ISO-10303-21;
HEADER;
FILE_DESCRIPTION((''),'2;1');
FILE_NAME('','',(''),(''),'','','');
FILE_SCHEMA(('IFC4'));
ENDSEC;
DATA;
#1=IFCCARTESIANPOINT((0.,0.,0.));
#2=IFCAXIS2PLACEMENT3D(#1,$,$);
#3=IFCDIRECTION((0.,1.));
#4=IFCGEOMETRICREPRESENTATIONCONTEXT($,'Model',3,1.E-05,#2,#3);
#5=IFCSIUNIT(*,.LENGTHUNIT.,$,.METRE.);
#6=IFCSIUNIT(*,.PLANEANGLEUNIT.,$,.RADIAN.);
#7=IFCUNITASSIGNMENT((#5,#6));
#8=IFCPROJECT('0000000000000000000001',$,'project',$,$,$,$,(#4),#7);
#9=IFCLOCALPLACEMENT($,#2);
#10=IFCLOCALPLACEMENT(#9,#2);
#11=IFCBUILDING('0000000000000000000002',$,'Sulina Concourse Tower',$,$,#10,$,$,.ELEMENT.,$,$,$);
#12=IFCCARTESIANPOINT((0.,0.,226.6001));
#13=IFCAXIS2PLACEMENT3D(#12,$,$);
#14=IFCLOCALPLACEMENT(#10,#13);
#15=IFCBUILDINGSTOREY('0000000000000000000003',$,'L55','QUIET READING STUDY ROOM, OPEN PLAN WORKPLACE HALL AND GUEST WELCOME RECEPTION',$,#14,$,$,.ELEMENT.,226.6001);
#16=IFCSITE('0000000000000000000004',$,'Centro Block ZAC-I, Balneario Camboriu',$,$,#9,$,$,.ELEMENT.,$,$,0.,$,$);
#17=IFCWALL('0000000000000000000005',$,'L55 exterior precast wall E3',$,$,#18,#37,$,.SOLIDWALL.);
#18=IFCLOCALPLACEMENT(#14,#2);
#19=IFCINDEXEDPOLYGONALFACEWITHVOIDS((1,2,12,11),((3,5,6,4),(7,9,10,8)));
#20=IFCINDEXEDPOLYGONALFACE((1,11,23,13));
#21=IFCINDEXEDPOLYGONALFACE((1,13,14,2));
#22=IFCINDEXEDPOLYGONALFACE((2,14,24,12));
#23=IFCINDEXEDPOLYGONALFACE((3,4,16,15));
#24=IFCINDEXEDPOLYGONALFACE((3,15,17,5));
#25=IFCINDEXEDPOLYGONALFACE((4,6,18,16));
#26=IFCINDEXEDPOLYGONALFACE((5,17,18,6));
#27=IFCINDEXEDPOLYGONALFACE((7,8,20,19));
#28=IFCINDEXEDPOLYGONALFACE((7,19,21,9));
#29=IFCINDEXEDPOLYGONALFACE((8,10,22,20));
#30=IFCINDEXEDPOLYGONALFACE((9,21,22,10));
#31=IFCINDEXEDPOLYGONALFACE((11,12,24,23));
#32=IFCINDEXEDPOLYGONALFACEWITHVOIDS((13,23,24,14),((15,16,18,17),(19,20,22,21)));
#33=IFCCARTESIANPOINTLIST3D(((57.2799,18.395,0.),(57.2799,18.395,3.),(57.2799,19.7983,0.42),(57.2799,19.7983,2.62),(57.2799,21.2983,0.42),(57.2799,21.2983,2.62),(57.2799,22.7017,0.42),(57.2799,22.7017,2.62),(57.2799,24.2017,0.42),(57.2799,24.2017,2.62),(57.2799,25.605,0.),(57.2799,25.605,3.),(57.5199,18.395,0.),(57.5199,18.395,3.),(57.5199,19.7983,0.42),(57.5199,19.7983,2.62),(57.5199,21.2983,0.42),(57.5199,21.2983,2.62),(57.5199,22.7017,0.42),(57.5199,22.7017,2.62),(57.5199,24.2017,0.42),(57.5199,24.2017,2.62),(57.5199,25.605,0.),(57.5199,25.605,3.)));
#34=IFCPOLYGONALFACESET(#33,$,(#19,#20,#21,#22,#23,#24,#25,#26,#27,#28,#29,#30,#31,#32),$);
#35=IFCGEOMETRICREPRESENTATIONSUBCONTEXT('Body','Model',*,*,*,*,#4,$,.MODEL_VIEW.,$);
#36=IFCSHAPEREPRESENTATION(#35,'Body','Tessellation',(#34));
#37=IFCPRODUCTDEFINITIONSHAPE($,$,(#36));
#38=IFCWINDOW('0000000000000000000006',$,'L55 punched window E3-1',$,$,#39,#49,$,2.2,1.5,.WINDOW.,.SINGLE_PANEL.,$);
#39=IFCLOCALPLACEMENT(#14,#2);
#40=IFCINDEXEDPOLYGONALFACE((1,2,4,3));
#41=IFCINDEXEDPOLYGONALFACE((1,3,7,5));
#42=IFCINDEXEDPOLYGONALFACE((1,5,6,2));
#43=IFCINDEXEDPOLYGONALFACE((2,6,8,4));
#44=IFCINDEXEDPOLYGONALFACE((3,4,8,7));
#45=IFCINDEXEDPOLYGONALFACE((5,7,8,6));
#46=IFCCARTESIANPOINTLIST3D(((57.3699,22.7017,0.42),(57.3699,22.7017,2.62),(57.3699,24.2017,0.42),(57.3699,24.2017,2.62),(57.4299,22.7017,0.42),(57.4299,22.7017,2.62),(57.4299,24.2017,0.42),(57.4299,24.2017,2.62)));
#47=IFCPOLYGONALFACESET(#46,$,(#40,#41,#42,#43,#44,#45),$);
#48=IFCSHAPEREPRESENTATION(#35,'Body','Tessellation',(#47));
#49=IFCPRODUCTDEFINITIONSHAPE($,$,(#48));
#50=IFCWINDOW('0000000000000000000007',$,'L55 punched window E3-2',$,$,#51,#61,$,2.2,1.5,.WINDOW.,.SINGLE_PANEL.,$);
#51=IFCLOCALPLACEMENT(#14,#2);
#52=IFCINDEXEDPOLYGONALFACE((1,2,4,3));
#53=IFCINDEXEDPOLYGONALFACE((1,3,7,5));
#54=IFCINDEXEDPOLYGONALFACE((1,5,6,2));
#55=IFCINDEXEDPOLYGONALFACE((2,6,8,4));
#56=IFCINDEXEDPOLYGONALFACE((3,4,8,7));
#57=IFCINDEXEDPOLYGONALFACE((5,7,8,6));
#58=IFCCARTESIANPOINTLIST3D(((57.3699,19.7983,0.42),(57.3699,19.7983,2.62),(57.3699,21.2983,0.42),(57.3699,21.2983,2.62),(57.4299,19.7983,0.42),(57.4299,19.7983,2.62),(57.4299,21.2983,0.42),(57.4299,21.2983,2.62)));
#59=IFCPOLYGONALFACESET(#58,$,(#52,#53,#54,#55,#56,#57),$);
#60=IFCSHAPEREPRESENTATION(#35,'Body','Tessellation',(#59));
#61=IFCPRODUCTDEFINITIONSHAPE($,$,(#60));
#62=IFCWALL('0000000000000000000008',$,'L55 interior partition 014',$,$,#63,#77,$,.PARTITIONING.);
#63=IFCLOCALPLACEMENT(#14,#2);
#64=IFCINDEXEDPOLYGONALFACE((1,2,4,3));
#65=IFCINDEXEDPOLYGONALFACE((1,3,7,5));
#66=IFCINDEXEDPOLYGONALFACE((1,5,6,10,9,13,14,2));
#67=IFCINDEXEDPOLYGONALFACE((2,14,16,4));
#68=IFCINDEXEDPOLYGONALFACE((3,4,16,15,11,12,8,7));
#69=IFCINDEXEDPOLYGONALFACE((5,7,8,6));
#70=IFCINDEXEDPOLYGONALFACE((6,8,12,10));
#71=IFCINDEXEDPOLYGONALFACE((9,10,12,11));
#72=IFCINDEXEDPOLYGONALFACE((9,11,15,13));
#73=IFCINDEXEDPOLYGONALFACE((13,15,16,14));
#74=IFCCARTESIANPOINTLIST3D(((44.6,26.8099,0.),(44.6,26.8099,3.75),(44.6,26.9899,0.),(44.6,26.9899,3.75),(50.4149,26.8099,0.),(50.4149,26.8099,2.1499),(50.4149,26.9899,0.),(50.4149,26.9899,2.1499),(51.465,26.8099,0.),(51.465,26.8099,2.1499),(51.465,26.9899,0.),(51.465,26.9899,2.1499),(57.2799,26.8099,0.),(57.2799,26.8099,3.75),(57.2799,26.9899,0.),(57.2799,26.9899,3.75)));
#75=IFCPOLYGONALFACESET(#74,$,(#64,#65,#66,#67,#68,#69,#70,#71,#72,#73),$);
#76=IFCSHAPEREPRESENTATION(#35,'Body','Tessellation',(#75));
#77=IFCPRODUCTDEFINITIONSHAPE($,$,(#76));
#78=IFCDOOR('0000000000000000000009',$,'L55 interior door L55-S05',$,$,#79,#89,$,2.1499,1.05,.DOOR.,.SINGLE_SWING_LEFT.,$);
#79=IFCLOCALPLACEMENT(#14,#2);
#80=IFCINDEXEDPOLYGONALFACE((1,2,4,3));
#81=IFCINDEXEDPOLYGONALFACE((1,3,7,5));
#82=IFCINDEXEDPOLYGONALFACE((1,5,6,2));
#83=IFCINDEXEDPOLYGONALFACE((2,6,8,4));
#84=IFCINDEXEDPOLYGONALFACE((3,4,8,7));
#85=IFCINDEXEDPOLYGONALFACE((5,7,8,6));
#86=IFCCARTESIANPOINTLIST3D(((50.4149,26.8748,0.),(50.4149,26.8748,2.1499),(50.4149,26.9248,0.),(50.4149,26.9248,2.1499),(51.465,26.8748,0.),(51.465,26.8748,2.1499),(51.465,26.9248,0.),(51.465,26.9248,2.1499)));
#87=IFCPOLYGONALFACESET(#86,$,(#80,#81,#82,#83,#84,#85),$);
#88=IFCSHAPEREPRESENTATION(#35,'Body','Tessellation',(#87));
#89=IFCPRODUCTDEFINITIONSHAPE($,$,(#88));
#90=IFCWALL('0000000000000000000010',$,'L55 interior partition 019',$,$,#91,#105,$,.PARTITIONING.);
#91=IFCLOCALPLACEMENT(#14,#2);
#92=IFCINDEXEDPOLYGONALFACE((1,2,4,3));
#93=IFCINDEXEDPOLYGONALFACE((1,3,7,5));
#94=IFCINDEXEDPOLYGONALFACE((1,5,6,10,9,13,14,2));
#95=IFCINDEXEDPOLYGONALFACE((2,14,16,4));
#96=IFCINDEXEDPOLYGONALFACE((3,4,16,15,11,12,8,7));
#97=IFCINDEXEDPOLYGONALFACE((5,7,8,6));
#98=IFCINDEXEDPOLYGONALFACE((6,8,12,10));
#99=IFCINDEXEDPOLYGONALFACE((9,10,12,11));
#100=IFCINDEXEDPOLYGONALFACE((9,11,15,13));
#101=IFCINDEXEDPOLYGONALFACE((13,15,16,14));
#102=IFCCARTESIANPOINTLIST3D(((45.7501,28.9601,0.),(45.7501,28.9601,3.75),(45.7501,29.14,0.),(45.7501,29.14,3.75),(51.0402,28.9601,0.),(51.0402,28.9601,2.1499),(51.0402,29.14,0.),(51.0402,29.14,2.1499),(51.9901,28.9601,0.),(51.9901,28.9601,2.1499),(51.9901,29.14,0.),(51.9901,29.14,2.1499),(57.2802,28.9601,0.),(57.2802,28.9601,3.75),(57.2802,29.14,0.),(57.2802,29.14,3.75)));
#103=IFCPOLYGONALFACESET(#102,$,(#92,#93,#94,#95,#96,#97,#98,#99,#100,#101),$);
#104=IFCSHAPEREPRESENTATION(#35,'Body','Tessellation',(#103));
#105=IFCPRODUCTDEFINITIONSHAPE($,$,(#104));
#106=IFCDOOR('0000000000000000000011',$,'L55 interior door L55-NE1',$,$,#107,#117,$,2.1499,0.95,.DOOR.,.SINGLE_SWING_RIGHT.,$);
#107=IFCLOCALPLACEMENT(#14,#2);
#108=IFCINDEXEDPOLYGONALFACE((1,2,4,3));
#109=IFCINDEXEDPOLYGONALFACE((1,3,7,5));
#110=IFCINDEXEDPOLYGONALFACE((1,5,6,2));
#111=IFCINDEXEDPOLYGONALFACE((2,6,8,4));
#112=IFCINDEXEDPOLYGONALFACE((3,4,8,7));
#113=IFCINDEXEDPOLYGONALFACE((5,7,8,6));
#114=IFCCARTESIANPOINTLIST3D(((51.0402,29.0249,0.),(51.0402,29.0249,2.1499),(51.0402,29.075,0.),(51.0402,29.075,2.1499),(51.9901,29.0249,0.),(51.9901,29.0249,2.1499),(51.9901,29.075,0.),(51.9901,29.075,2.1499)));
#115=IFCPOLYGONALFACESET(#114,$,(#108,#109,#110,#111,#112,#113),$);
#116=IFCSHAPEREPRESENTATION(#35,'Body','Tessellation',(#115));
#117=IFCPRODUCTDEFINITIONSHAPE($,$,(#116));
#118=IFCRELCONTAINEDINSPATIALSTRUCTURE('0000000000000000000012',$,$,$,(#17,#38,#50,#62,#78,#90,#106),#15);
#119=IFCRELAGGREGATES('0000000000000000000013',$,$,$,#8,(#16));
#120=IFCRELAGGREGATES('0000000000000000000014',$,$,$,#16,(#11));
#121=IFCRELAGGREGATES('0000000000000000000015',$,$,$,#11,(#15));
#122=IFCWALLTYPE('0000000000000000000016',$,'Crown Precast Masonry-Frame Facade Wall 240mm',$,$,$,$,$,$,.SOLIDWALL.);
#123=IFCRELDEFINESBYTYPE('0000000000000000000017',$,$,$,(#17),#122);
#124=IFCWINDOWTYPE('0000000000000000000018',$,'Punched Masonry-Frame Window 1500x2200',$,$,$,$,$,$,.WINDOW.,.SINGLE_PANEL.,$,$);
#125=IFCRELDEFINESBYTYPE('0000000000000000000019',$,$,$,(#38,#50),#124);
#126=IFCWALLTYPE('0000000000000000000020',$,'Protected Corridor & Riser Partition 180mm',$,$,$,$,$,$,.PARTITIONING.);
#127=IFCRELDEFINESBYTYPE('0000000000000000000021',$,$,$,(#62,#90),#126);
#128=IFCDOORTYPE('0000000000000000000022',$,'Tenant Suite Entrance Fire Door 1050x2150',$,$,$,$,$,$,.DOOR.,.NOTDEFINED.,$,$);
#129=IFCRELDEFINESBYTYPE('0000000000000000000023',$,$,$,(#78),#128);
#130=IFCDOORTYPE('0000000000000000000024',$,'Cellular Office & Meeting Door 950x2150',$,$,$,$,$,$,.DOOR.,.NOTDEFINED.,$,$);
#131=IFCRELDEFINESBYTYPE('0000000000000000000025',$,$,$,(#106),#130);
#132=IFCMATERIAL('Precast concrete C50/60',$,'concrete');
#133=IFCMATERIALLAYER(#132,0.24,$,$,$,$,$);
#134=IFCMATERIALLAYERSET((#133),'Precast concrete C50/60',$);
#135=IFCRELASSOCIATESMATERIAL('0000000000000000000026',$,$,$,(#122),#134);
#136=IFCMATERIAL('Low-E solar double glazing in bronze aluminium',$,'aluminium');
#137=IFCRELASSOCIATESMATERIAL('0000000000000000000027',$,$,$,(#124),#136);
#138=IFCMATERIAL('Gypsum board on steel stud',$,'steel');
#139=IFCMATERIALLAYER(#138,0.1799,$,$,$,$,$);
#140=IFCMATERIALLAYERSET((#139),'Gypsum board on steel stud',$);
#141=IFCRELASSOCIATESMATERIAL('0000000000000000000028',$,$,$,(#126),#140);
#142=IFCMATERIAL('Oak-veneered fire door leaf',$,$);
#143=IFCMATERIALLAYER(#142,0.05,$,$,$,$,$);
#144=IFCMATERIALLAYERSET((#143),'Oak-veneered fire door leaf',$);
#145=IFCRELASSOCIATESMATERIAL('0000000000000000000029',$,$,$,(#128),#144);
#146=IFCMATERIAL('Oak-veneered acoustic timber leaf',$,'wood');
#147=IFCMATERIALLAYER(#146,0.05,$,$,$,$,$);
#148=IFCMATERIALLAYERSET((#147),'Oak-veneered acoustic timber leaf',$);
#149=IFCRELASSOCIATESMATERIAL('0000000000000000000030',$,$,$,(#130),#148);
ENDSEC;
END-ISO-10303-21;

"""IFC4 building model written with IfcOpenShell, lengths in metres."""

from ifc_helpers import new_model, si_unit, direction, frame, frame_2d, origin, place, context, subcontext, project, spatial, rectangle, extrude, material, layer, layer_set, type_object, element, fill, save


model = new_model("IFC4")

# Units and contexts
model_context = context("Model", 3, precision=1e-05, world=origin(), true_north=direction((0.0, 1.0)))
body_context = subcontext(model_context, "Body", "Model", "MODEL_VIEW")
ifc_project = project(units=[si_unit("LENGTHUNIT", "METRE"), si_unit("PLANEANGLEUNIT", "RADIAN")], contexts=[model_context])

# Site, building, storey
site_placement = place(None, origin())
site = spatial("IfcSite", under=ifc_project, at=site_placement, Name="Centro Block ZAC-I, Balneario Camboriu", CompositionType="ELEMENT", RefElevation=0.0)
building_placement = place(site_placement, origin())
building = spatial("IfcBuilding", under=site, at=building_placement, Name="Sulina Concourse Tower", CompositionType="ELEMENT")
storey_placement = place(building_placement, frame((0.0, 0.0, 226.6001)))
storey = spatial("IfcBuildingStorey", under=building, at=storey_placement, Name="L55", Description="QUIET READING STUDY ROOM, OPEN PLAN WORKPLACE HALL AND GUEST WELCOME RECEPTION", CompositionType="ELEMENT", Elevation=226.6001)

# Shared definitions
ifc_material_1 = material(Name="Precast concrete C50/60", Category="concrete")
ifc_layer_1 = layer(ifc_material_1, 0.24)
ifc_layer_set_1 = layer_set([ifc_layer_1], Name="Precast concrete C50/60")
wall_type_1 = type_object("IfcWallType", Name="Crown Precast Masonry-Frame Facade Wall 240mm", PredefinedType="SOLIDWALL", material=ifc_layer_set_1)
ifc_material_2 = material(Name="Low-E solar double glazing in bronze aluminium", Category="aluminium")
window_type = type_object("IfcWindowType", Name="Punched Masonry-Frame Window 1500x2200", PartitioningType="SINGLE_PANEL", PredefinedType="WINDOW", material=ifc_material_2)

# Wall, openings, windows
wall_1_placement = place(storey_placement, frame((57.3999, 25.605, 0.0), z_axis=(0.0, 0.0, 1.0), x_axis=(0.0, -1.0, 0.0)))
wall_1 = element("IfcWall", 1, at=wall_1_placement, inside=storey, type_object=wall_type_1, Name="L55 exterior precast wall E3", PredefinedType="SOLIDWALL", context=body_context, shape_type="SweptSolid", body=[
    extrude(rectangle(XDim=7.21, YDim=0.24, at=frame_2d((3.605, 0.0))), origin(), (0.0, 0.0, 1.0), 3.0),
])
opening_1_placement = place(wall_1_placement, frame((1.4033, 0.0, 0.4199)))
opening_1 = element("IfcOpeningElement", 2, at=opening_1_placement, cuts=wall_1, PredefinedType="OPENING", context=body_context, shape_type="SweptSolid", body=[
    extrude(rectangle(XDim=1.5, YDim=2.2, at=frame_2d((0.75, 1.1001))), frame((0.0, 0.1299, 0.0), z_axis=(0.0, -1.0, 0.0), x_axis=(1.0, 0.0, 0.0)), (0.0, 0.0, 1.0), 0.26),
])
opening_2_placement = place(wall_1_placement, frame((4.3066, 0.0, 0.4199)))
opening_2 = element("IfcOpeningElement", 3, at=opening_2_placement, cuts=wall_1, PredefinedType="OPENING", context=body_context, shape_type="SweptSolid", body=[
    extrude(rectangle(XDim=1.5, YDim=2.2, at=frame_2d((0.75, 1.1001))), frame((0.0, 0.1299, 0.0), z_axis=(0.0, -1.0, 0.0), x_axis=(1.0, 0.0, 0.0)), (0.0, 0.0, 1.0), 0.26),
])
window_1_placement = place(opening_1_placement, origin())
window_1 = element("IfcWindow", 4, at=window_1_placement, inside=storey, type_object=window_type, Name="L55 punched window E3-1", OverallHeight=2.2, OverallWidth=1.5, PartitioningType="SINGLE_PANEL", PredefinedType="WINDOW", context=body_context, shape_type="SweptSolid", body=[
    extrude(rectangle(XDim=1.5, YDim=2.2, at=frame_2d((0.75, 1.1001))), frame((0.0, 0.03, 0.0), z_axis=(0.0, -1.0, 0.0), x_axis=(1.0, 0.0, 0.0)), (0.0, 0.0, 1.0), 0.0601),
])
fill(opening_1, window_1)
window_2_placement = place(opening_2_placement, origin())
window_2 = element("IfcWindow", 5, at=window_2_placement, inside=storey, type_object=window_type, Name="L55 punched window E3-2", OverallHeight=2.2, OverallWidth=1.5, PartitioningType="SINGLE_PANEL", PredefinedType="WINDOW", context=body_context, shape_type="SweptSolid", body=[
    extrude(rectangle(XDim=1.5, YDim=2.2, at=frame_2d((0.75, 1.1001))), frame((0.0, 0.03, 0.0), z_axis=(0.0, -1.0, 0.0), x_axis=(1.0, 0.0, 0.0)), (0.0, 0.0, 1.0), 0.0601),
])
fill(opening_2, window_2)

# Walls, openings, doors
ifc_material_3 = material(Name="Gypsum board on steel stud", Category="steel")
ifc_layer_2 = layer(ifc_material_3, 0.1799)
ifc_layer_set_2 = layer_set([ifc_layer_2], Name="Gypsum board on steel stud")
wall_type_2 = type_object("IfcWallType", Name="Protected Corridor & Riser Partition 180mm", PredefinedType="PARTITIONING", material=ifc_layer_set_2)
wall_2_placement = place(storey_placement, frame((44.6001, 26.8999, 0.0), z_axis=(0.0, 0.0, 1.0), x_axis=(1.0, 0.0, 0.0)))
wall_2 = element("IfcWall", 6, at=wall_2_placement, inside=storey, type_object=wall_type_2, Name="L55 interior partition 014", PredefinedType="PARTITIONING", context=body_context, shape_type="SweptSolid", body=[
    extrude(rectangle(XDim=12.6799, YDim=0.1799, at=frame_2d((6.3398, 0.0))), origin(), (0.0, 0.0, 1.0), 3.75),
])
opening_3_placement = place(wall_2_placement, frame((5.8149, 0.0, 0.0)))
opening_3 = element("IfcOpeningElement", 7, at=opening_3_placement, cuts=wall_2, PredefinedType="OPENING", context=body_context, shape_type="SweptSolid", body=[
    extrude(rectangle(XDim=1.05, YDim=2.1499, at=frame_2d((0.5249, 1.075))), frame((0.0, 0.0999, 0.0), z_axis=(0.0, -1.0, 0.0), x_axis=(1.0, 0.0, 0.0)), (0.0, 0.0, 1.0), 0.2),
])
ifc_material_4 = material(Name="Oak-veneered fire door leaf")
ifc_layer_3 = layer(ifc_material_4, 0.05)
ifc_layer_set_3 = layer_set([ifc_layer_3], Name="Oak-veneered fire door leaf")
door_type_1 = type_object("IfcDoorType", Name="Tenant Suite Entrance Fire Door 1050x2150", OperationType="NOTDEFINED", PredefinedType="DOOR", material=ifc_layer_set_3)
door_1_placement = place(opening_3_placement, origin())
door_1 = element("IfcDoor", 8, at=door_1_placement, inside=storey, type_object=door_type_1, Name="L55 interior door L55-S05", OperationType="SINGLE_SWING_LEFT", OverallHeight=2.1499, OverallWidth=1.05, PredefinedType="DOOR", context=body_context, shape_type="SweptSolid", body=[
    extrude(rectangle(XDim=1.05, YDim=2.1499, at=frame_2d((0.5249, 1.075))), frame((0.0, 0.0249, 0.0), z_axis=(0.0, -1.0, 0.0), x_axis=(1.0, 0.0, 0.0)), (0.0, 0.0, 1.0), 0.05),
])
fill(opening_3, door_1)
wall_3_placement = place(storey_placement, frame((45.75, 29.05, 0.0), z_axis=(0.0, 0.0, 1.0), x_axis=(1.0, 0.0, 0.0)))
wall_3 = element("IfcWall", 9, at=wall_3_placement, inside=storey, type_object=wall_type_2, Name="L55 interior partition 019", PredefinedType="PARTITIONING", context=body_context, shape_type="SweptSolid", body=[
    extrude(rectangle(XDim=11.53, YDim=0.1799, at=frame_2d((5.7651, 0.0))), origin(), (0.0, 0.0, 1.0), 3.75),
])
opening_4_placement = place(wall_3_placement, frame((5.29, 0.0, 0.0)))
opening_4 = element("IfcOpeningElement", 10, at=opening_4_placement, cuts=wall_3, PredefinedType="OPENING", context=body_context, shape_type="SweptSolid", body=[
    extrude(rectangle(XDim=0.95, YDim=2.1499, at=frame_2d((0.4751, 1.075))), frame((0.0, 0.0999, 0.0), z_axis=(0.0, -1.0, 0.0), x_axis=(1.0, 0.0, 0.0)), (0.0, 0.0, 1.0), 0.2),
])
ifc_material_5 = material(Name="Oak-veneered acoustic timber leaf", Category="wood")
ifc_layer_4 = layer(ifc_material_5, 0.05)
ifc_layer_set_4 = layer_set([ifc_layer_4], Name="Oak-veneered acoustic timber leaf")
door_type_2 = type_object("IfcDoorType", Name="Cellular Office & Meeting Door 950x2150", OperationType="NOTDEFINED", PredefinedType="DOOR", material=ifc_layer_set_4)
door_2_placement = place(opening_4_placement, origin())
door_2 = element("IfcDoor", 11, at=door_2_placement, inside=storey, type_object=door_type_2, Name="L55 interior door L55-NE1", OperationType="SINGLE_SWING_RIGHT", OverallHeight=2.1499, OverallWidth=0.95, PredefinedType="DOOR", context=body_context, shape_type="SweptSolid", body=[
    extrude(rectangle(XDim=0.95, YDim=2.1499, at=frame_2d((0.4751, 1.075))), frame((0.0, 0.0249, 0.0), z_axis=(0.0, -1.0, 0.0), x_axis=(1.0, 0.0, 0.0)), (0.0, 0.0, 1.0), 0.05),
])
fill(opening_4, door_2)

save(model, "model.ifc")
